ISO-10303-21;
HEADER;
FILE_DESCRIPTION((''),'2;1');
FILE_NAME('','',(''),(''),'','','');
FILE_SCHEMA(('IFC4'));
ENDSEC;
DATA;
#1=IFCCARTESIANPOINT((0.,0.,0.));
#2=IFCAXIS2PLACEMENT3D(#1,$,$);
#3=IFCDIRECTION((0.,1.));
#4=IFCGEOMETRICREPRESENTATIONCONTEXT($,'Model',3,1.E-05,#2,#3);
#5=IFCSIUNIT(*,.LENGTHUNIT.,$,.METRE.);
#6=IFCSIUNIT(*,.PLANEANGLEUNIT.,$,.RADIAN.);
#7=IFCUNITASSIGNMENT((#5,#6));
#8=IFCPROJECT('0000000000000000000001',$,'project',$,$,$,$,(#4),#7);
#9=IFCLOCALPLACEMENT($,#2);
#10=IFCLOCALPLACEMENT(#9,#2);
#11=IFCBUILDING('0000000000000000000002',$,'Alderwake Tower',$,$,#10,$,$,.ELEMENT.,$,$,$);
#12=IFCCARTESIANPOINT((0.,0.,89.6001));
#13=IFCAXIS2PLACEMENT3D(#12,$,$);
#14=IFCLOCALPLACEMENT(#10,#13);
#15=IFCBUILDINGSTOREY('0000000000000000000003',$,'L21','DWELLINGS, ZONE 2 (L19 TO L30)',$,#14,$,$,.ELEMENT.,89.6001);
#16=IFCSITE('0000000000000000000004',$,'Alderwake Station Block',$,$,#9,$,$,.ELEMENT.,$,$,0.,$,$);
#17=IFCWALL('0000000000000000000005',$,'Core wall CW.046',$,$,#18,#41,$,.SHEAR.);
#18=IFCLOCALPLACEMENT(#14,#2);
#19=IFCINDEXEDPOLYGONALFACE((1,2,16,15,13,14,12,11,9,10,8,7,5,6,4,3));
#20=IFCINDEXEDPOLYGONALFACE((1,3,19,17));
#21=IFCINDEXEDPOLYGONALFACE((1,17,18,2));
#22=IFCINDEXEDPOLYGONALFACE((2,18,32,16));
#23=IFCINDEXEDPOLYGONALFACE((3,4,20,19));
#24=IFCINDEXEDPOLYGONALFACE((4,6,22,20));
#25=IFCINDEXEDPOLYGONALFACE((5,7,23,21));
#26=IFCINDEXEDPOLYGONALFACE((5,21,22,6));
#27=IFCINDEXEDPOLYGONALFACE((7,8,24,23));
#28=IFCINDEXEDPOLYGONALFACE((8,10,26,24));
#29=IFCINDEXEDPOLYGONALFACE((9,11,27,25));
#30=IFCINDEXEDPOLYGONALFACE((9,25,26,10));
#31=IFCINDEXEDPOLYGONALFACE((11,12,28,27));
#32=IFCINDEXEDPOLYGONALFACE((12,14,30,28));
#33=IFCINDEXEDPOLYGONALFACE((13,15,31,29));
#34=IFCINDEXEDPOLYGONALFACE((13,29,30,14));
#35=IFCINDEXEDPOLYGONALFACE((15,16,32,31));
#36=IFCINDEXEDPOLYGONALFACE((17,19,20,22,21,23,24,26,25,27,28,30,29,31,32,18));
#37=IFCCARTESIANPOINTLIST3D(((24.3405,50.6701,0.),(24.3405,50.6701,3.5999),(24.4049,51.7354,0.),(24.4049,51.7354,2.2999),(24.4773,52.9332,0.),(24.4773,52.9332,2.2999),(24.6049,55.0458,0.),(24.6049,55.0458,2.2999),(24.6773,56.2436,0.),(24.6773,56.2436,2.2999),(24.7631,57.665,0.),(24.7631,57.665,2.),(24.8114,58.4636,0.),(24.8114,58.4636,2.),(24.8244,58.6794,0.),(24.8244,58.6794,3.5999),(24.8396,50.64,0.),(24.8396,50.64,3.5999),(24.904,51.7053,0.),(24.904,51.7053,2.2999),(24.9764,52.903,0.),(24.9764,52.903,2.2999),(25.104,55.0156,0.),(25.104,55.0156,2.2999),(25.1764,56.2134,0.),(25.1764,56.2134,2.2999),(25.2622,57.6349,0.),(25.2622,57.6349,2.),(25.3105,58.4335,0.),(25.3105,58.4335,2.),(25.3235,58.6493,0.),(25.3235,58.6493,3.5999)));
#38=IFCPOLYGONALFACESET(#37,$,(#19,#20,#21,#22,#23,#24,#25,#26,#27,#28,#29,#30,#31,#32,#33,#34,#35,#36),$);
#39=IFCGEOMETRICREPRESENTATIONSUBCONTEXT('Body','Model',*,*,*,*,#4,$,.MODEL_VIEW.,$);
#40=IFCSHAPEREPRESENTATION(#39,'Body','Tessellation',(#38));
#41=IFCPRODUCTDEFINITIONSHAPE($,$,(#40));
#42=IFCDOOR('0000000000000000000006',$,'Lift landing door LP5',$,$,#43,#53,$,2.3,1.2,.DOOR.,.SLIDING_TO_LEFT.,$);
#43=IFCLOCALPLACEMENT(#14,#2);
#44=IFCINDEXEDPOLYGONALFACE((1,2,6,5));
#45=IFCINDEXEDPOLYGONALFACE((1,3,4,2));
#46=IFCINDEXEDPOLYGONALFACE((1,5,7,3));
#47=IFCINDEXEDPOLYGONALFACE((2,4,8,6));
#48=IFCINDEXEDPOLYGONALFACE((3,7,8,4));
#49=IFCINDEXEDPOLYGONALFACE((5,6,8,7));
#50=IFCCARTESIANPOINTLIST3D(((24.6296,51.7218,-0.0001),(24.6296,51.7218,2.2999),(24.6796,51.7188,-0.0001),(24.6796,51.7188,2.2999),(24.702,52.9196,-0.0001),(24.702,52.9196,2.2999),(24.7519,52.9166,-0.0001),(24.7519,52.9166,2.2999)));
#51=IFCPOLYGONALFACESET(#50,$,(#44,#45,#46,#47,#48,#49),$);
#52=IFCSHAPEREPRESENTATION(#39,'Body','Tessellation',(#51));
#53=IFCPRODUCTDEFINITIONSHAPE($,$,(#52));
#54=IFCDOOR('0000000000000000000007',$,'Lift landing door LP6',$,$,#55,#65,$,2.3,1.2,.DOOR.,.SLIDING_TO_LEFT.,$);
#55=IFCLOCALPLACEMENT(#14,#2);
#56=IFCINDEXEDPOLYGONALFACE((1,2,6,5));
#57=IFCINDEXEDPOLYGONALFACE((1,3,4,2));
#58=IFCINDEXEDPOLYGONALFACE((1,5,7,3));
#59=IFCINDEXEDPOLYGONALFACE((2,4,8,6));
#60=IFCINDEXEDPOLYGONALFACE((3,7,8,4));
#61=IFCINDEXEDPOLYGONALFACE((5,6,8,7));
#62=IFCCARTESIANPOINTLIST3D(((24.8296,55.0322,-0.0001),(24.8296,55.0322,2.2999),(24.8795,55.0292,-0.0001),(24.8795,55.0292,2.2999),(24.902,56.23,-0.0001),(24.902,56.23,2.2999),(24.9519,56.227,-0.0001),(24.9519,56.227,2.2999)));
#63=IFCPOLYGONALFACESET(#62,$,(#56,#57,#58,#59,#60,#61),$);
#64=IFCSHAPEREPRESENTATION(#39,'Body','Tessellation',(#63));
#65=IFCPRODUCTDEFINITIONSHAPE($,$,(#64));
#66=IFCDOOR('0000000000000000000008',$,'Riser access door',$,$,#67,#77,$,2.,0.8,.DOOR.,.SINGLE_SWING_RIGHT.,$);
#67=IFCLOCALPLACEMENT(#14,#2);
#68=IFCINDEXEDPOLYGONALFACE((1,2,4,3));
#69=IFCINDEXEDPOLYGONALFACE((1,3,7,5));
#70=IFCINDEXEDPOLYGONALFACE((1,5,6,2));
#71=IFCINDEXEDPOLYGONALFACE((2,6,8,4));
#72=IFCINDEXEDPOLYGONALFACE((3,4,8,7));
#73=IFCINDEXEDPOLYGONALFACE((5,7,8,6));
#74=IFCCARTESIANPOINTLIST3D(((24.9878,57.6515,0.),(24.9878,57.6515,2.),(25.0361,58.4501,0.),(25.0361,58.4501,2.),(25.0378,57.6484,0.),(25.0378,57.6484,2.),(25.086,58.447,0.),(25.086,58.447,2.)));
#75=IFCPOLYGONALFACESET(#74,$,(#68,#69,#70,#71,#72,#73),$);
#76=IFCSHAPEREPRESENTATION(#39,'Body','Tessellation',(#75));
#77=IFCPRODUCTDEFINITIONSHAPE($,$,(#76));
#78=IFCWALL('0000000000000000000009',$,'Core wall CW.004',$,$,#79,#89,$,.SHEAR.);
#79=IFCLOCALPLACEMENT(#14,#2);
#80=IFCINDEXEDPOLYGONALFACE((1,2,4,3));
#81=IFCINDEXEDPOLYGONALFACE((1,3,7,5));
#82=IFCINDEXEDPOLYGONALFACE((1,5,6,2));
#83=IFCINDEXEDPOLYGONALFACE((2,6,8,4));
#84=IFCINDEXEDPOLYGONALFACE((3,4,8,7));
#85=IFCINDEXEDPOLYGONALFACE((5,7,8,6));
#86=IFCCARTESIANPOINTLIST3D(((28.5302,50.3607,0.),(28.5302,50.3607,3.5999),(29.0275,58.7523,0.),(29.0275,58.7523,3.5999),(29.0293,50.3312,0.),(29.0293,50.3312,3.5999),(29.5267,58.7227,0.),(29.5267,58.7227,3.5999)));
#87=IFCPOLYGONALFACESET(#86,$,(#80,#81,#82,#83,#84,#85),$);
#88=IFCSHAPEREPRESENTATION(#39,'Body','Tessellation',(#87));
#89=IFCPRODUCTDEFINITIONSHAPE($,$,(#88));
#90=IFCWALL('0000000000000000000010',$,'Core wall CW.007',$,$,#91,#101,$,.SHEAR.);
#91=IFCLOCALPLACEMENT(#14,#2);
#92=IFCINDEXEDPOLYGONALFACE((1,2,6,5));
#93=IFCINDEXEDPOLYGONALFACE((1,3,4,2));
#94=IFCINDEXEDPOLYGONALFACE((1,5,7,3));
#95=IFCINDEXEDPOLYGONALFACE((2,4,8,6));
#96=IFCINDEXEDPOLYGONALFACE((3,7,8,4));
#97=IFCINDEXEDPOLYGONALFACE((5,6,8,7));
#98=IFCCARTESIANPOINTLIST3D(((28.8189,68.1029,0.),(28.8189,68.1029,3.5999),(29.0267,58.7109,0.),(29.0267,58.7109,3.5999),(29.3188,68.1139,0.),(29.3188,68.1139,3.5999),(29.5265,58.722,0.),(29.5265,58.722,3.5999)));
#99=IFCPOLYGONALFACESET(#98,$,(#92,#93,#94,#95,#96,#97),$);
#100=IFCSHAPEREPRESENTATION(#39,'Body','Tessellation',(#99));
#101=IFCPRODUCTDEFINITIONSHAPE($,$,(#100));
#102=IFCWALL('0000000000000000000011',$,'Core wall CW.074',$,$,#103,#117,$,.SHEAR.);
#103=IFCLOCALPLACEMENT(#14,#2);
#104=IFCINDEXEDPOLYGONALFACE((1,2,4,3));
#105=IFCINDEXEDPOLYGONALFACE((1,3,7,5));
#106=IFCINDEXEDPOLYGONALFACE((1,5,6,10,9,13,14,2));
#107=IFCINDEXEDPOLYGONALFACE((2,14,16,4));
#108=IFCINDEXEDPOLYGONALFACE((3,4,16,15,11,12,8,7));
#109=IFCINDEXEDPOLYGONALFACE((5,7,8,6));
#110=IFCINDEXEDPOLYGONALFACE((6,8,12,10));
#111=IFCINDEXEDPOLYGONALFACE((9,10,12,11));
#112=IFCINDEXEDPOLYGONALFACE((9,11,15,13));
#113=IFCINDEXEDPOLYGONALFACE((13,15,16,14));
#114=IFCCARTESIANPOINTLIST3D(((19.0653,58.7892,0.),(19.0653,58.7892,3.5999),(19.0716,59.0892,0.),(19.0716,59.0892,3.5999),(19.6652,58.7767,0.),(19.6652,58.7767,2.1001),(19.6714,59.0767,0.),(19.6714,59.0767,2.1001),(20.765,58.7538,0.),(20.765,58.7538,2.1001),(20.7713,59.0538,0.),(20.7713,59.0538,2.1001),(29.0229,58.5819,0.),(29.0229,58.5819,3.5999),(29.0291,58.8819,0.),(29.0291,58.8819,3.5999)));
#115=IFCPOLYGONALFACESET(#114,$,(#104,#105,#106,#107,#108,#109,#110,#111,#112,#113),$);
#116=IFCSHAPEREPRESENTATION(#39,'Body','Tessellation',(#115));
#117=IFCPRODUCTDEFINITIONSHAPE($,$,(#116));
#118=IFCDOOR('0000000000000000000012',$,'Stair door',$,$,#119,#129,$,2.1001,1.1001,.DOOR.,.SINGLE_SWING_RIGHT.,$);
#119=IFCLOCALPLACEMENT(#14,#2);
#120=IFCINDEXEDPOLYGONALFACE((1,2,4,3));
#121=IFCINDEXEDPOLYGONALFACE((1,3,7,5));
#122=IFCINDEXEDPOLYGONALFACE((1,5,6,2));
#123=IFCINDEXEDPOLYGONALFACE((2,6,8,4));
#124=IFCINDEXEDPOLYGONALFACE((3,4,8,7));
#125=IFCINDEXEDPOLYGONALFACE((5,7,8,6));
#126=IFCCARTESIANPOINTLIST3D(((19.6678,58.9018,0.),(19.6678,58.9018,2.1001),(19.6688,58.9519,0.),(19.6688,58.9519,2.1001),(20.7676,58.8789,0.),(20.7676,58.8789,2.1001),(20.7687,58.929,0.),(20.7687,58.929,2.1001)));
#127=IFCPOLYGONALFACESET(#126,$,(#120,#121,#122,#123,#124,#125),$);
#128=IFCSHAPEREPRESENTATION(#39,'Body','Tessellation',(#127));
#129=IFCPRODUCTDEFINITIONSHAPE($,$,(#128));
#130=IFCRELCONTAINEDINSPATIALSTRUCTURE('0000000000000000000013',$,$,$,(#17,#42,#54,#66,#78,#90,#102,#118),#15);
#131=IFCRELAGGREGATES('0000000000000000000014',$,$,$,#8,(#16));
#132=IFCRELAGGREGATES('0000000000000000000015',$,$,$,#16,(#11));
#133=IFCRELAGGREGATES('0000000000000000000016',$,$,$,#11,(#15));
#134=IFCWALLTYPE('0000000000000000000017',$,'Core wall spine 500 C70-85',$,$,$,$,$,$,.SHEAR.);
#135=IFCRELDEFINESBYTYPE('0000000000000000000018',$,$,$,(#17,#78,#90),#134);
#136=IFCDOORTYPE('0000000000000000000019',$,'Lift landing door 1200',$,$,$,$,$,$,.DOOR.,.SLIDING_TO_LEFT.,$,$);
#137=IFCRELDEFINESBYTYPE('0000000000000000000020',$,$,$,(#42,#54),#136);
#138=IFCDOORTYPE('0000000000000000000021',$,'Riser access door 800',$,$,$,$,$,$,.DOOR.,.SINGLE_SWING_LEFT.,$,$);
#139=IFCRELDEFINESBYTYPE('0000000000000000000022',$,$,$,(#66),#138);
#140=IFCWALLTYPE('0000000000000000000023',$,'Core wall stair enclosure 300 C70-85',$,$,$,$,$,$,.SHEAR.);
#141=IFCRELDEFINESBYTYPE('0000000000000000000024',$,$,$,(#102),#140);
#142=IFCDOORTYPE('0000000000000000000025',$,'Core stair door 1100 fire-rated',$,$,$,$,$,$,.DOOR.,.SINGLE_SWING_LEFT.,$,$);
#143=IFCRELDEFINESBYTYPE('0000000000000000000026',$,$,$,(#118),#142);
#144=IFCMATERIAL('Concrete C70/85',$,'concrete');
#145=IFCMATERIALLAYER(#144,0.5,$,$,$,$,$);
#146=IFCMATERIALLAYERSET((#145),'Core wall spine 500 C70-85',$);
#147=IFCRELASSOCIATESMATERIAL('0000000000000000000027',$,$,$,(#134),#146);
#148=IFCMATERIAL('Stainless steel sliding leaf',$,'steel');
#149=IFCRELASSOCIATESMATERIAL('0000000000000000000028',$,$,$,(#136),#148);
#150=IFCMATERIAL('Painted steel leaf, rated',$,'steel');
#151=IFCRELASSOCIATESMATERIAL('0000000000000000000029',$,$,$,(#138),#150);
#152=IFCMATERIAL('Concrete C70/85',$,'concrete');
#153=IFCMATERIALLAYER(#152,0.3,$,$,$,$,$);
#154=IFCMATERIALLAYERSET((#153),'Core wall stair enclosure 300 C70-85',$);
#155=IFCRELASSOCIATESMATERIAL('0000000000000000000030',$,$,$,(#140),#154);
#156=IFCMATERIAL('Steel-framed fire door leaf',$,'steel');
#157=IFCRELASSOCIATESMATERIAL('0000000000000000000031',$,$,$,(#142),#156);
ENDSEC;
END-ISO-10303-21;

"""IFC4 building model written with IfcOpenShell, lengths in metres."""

from ifc_helpers import new_model, si_unit, direction, frame, frame_2d, origin, place, context, subcontext, project, spatial, rectangle, extrude, material, layer, layer_set, type_object, element, fill, save


model = new_model("IFC4")

# Units and contexts
model_context = context("Model", 3, precision=1e-05, world=origin(), true_north=direction((0.0, 1.0)))
body_context = subcontext(model_context, "Body", "Model", "MODEL_VIEW")
ifc_project = project(units=[si_unit("LENGTHUNIT", "METRE"), si_unit("PLANEANGLEUNIT", "RADIAN")], contexts=[model_context])

# Site, building, storey
site_placement = place(None, origin())
site = spatial("IfcSite", under=ifc_project, at=site_placement, Name="Alderwake Station Block", CompositionType="ELEMENT", RefElevation=0.0)
building_placement = place(site_placement, origin())
building = spatial("IfcBuilding", under=site, at=building_placement, Name="Alderwake Tower", CompositionType="ELEMENT")
storey_placement = place(building_placement, frame((0.0, 0.0, 89.6001)))
storey = spatial("IfcBuildingStorey", under=building, at=storey_placement, Name="L21", Description="DWELLINGS, ZONE 2 (L19 TO L30)", CompositionType="ELEMENT", Elevation=89.6001)

# Wall, openings, doors
ifc_material_1 = material(Name="Concrete C70/85", Category="concrete")
ifc_layer_1 = layer(ifc_material_1, 0.5)
ifc_layer_set_1 = layer_set([ifc_layer_1], Name="Core wall spine 500 C70-85")
wall_type_1 = type_object("IfcWallType", Name="Core wall spine 500 C70-85", PredefinedType="SHEAR", material=ifc_layer_set_1)
wall_1_placement = place(storey_placement, frame((24.5901, 50.655, 0.0), z_axis=(0.0, 0.0, 1.0), x_axis=(0.060306, 0.99818, 0.0)))
wall_1 = element("IfcWall", 1, at=wall_1_placement, inside=storey, type_object=wall_type_1, Name="Core wall CW.046", PredefinedType="SHEAR", context=body_context, shape_type="SweptSolid", body=[
    extrude(rectangle(XDim=8.0239, YDim=0.5, at=frame_2d((4.012, 0.0))), origin(), (0.0, 0.0, 1.0), 3.5999),
])
opening_1_placement = place(wall_1_placement, frame((1.0671, 0.0, 0.0)))
opening_1 = element("IfcOpeningElement", 2, at=opening_1_placement, cuts=wall_1, PredefinedType="OPENING", context=body_context, shape_type="SweptSolid", body=[
    extrude(rectangle(XDim=1.2, YDim=2.3, at=frame_2d((0.6001, 1.1499))), frame((0.0, 0.26, 0.0), z_axis=(0.0, -1.0, 0.0), x_axis=(1.0, 0.0, 0.0)), (0.0, 0.0, 1.0), 0.52),
])
opening_2_placement = place(wall_1_placement, frame((4.3835, 0.0, 0.0)))
opening_2 = element("IfcOpeningElement", 3, at=opening_2_placement, cuts=wall_1, PredefinedType="OPENING", context=body_context, shape_type="SweptSolid", body=[
    extrude(rectangle(XDim=1.2, YDim=2.3, at=frame_2d((0.6001, 1.1499))), frame((0.0, 0.26, 0.0), z_axis=(0.0, -1.0, 0.0), x_axis=(1.0, 0.0, 0.0)), (0.0, 0.0, 1.0), 0.52),
])
opening_3_placement = place(wall_1_placement, frame((7.0078, 0.0, 0.0)))
opening_3 = element("IfcOpeningElement", 4, at=opening_3_placement, cuts=wall_1, PredefinedType="OPENING", context=body_context, shape_type="SweptSolid", body=[
    extrude(rectangle(XDim=0.8, YDim=2.0, at=frame_2d((0.3999, 1.0))), frame((0.0, 0.26, 0.0), z_axis=(0.0, -1.0, 0.0), x_axis=(1.0, 0.0, 0.0)), (0.0, 0.0, 1.0), 0.52),
])
ifc_material_2 = material(Name="Stainless steel sliding leaf", Category="steel")
door_type_1 = type_object("IfcDoorType", Name="Lift landing door 1200", OperationType="SLIDING_TO_LEFT", PredefinedType="DOOR", material=ifc_material_2)
door_1_placement = place(opening_1_placement, origin())
door_1 = element("IfcDoor", 5, at=door_1_placement, inside=storey, type_object=door_type_1, Name="Lift landing door LP5", OperationType="SLIDING_TO_LEFT", OverallHeight=2.3, OverallWidth=1.2, PredefinedType="DOOR", context=body_context, shape_type="SweptSolid", body=[
    extrude(rectangle(XDim=1.2, YDim=2.3, at=frame_2d((0.6001, 1.1499))), frame((0.0, 0.0249, 0.0), z_axis=(0.0, -1.0, 0.0), x_axis=(1.0, 0.0, 0.0)), (0.0, 0.0, 1.0), 0.05),
])
fill(opening_1, door_1)
door_2_placement = place(opening_2_placement, origin())
door_2 = element("IfcDoor", 6, at=door_2_placement, inside=storey, type_object=door_type_1, Name="Lift landing door LP6", OperationType="SLIDING_TO_LEFT", OverallHeight=2.3, OverallWidth=1.2, PredefinedType="DOOR", context=body_context, shape_type="SweptSolid", body=[
    extrude(rectangle(XDim=1.2, YDim=2.3, at=frame_2d((0.6001, 1.1499))), frame((0.0, 0.0249, 0.0), z_axis=(0.0, -1.0, 0.0), x_axis=(1.0, 0.0, 0.0)), (0.0, 0.0, 1.0), 0.05),
])
fill(opening_2, door_2)
ifc_material_3 = material(Name="Painted steel leaf, rated", Category="steel")
door_type_2 = type_object("IfcDoorType", Name="Riser access door 800", OperationType="SINGLE_SWING_LEFT", PredefinedType="DOOR", material=ifc_material_3)
door_3_placement = place(opening_3_placement, origin())
door_3 = element("IfcDoor", 7, at=door_3_placement, inside=storey, type_object=door_type_2, Name="Riser access door", OperationType="SINGLE_SWING_RIGHT", OverallHeight=2.0, OverallWidth=0.8, PredefinedType="DOOR", context=body_context, shape_type="SweptSolid", body=[
    extrude(rectangle(XDim=0.8, YDim=2.0, at=frame_2d((0.3999, 1.0))), frame((0.0, 0.0249, 0.0), z_axis=(0.0, -1.0, 0.0), x_axis=(1.0, 0.0, 0.0)), (0.0, 0.0, 1.0), 0.05),
])
fill(opening_3, door_3)

# Walls
wall_2_placement = place(storey_placement, frame((28.7798, 50.3459, 0.0), z_axis=(0.0, 0.0, 1.0), x_axis=(0.05916, 0.998249, 0.0)))
element("IfcWall", 8, at=wall_2_placement, inside=storey, type_object=wall_type_1, Name="Core wall CW.004", PredefinedType="SHEAR", context=body_context, shape_type="SweptSolid", body=[
    extrude(rectangle(XDim=8.4062, YDim=0.5, at=frame_2d((4.2031, 0.0))), origin(), (0.0, 0.0, 1.0), 3.5999),
])
wall_3_placement = place(storey_placement, frame((29.2766, 58.7163, 0.0), z_axis=(0.0, 0.0, 1.0), x_axis=(-0.022116, 0.999755, 0.0)))
element("IfcWall", 9, at=wall_3_placement, inside=storey, type_object=wall_type_1, Name="Core wall CW.007", PredefinedType="SHEAR", context=body_context, shape_type="SweptSolid", body=[
    extrude(rectangle(XDim=9.3943, YDim=0.5, at=frame_2d((4.6973, 0.0))), origin(), (0.0, 0.0, 1.0), 3.5999),
])

# Wall, opening, door
ifc_material_4 = material(Name="Concrete C70/85", Category="concrete")
ifc_layer_2 = layer(ifc_material_4, 0.3)
ifc_layer_set_2 = layer_set([ifc_layer_2], Name="Core wall stair enclosure 300 C70-85")
wall_type_2 = type_object("IfcWallType", Name="Core wall stair enclosure 300 C70-85", PredefinedType="SHEAR", material=ifc_layer_set_2)
wall_4_placement = place(storey_placement, frame((29.0261, 58.7319, 0.0), z_axis=(0.0, 0.0, 1.0), x_axis=(-0.999783, 0.020811, 0.0)))
wall_4 = element("IfcWall", 10, at=wall_4_placement, inside=storey, type_object=wall_type_2, Name="Core wall CW.074", PredefinedType="SHEAR", context=body_context, shape_type="SweptSolid", body=[
    extrude(rectangle(XDim=9.9597, YDim=0.3, at=frame_2d((4.98, 0.0))), origin(), (0.0, 0.0, 1.0), 3.5999),
])
opening_4_placement = place(wall_4_placement, frame((8.2598, 0.0, 0.0)))
opening_4 = element("IfcOpeningElement", 11, at=opening_4_placement, cuts=wall_4, PredefinedType="OPENING", context=body_context, shape_type="SweptSolid", body=[
    extrude(rectangle(XDim=1.1001, YDim=2.1001, at=frame_2d((0.55, 1.05))), frame((0.0, 0.1599, 0.0), z_axis=(0.0, -1.0, 0.0), x_axis=(1.0, 0.0, 0.0)), (0.0, 0.0, 1.0), 0.3201),
])
ifc_material_5 = material(Name="Steel-framed fire door leaf", Category="steel")
door_type_3 = type_object("IfcDoorType", Name="Core stair door 1100 fire-rated", OperationType="SINGLE_SWING_LEFT", PredefinedType="DOOR", material=ifc_material_5)
door_4_placement = place(opening_4_placement, origin())
door_4 = element("IfcDoor", 12, at=door_4_placement, inside=storey, type_object=door_type_3, Name="Stair door", OperationType="SINGLE_SWING_RIGHT", OverallHeight=2.1001, OverallWidth=1.1001, PredefinedType="DOOR", context=body_context, shape_type="SweptSolid", body=[
    extrude(rectangle(XDim=1.1001, YDim=2.1001, at=frame_2d((0.55, 1.05))), frame((0.0, 0.0249, 0.0), z_axis=(0.0, -1.0, 0.0), x_axis=(1.0, 0.0, 0.0)), (0.0, 0.0, 1.0), 0.05),
])
fill(opening_4, door_4)

save(model, "model.ifc")
